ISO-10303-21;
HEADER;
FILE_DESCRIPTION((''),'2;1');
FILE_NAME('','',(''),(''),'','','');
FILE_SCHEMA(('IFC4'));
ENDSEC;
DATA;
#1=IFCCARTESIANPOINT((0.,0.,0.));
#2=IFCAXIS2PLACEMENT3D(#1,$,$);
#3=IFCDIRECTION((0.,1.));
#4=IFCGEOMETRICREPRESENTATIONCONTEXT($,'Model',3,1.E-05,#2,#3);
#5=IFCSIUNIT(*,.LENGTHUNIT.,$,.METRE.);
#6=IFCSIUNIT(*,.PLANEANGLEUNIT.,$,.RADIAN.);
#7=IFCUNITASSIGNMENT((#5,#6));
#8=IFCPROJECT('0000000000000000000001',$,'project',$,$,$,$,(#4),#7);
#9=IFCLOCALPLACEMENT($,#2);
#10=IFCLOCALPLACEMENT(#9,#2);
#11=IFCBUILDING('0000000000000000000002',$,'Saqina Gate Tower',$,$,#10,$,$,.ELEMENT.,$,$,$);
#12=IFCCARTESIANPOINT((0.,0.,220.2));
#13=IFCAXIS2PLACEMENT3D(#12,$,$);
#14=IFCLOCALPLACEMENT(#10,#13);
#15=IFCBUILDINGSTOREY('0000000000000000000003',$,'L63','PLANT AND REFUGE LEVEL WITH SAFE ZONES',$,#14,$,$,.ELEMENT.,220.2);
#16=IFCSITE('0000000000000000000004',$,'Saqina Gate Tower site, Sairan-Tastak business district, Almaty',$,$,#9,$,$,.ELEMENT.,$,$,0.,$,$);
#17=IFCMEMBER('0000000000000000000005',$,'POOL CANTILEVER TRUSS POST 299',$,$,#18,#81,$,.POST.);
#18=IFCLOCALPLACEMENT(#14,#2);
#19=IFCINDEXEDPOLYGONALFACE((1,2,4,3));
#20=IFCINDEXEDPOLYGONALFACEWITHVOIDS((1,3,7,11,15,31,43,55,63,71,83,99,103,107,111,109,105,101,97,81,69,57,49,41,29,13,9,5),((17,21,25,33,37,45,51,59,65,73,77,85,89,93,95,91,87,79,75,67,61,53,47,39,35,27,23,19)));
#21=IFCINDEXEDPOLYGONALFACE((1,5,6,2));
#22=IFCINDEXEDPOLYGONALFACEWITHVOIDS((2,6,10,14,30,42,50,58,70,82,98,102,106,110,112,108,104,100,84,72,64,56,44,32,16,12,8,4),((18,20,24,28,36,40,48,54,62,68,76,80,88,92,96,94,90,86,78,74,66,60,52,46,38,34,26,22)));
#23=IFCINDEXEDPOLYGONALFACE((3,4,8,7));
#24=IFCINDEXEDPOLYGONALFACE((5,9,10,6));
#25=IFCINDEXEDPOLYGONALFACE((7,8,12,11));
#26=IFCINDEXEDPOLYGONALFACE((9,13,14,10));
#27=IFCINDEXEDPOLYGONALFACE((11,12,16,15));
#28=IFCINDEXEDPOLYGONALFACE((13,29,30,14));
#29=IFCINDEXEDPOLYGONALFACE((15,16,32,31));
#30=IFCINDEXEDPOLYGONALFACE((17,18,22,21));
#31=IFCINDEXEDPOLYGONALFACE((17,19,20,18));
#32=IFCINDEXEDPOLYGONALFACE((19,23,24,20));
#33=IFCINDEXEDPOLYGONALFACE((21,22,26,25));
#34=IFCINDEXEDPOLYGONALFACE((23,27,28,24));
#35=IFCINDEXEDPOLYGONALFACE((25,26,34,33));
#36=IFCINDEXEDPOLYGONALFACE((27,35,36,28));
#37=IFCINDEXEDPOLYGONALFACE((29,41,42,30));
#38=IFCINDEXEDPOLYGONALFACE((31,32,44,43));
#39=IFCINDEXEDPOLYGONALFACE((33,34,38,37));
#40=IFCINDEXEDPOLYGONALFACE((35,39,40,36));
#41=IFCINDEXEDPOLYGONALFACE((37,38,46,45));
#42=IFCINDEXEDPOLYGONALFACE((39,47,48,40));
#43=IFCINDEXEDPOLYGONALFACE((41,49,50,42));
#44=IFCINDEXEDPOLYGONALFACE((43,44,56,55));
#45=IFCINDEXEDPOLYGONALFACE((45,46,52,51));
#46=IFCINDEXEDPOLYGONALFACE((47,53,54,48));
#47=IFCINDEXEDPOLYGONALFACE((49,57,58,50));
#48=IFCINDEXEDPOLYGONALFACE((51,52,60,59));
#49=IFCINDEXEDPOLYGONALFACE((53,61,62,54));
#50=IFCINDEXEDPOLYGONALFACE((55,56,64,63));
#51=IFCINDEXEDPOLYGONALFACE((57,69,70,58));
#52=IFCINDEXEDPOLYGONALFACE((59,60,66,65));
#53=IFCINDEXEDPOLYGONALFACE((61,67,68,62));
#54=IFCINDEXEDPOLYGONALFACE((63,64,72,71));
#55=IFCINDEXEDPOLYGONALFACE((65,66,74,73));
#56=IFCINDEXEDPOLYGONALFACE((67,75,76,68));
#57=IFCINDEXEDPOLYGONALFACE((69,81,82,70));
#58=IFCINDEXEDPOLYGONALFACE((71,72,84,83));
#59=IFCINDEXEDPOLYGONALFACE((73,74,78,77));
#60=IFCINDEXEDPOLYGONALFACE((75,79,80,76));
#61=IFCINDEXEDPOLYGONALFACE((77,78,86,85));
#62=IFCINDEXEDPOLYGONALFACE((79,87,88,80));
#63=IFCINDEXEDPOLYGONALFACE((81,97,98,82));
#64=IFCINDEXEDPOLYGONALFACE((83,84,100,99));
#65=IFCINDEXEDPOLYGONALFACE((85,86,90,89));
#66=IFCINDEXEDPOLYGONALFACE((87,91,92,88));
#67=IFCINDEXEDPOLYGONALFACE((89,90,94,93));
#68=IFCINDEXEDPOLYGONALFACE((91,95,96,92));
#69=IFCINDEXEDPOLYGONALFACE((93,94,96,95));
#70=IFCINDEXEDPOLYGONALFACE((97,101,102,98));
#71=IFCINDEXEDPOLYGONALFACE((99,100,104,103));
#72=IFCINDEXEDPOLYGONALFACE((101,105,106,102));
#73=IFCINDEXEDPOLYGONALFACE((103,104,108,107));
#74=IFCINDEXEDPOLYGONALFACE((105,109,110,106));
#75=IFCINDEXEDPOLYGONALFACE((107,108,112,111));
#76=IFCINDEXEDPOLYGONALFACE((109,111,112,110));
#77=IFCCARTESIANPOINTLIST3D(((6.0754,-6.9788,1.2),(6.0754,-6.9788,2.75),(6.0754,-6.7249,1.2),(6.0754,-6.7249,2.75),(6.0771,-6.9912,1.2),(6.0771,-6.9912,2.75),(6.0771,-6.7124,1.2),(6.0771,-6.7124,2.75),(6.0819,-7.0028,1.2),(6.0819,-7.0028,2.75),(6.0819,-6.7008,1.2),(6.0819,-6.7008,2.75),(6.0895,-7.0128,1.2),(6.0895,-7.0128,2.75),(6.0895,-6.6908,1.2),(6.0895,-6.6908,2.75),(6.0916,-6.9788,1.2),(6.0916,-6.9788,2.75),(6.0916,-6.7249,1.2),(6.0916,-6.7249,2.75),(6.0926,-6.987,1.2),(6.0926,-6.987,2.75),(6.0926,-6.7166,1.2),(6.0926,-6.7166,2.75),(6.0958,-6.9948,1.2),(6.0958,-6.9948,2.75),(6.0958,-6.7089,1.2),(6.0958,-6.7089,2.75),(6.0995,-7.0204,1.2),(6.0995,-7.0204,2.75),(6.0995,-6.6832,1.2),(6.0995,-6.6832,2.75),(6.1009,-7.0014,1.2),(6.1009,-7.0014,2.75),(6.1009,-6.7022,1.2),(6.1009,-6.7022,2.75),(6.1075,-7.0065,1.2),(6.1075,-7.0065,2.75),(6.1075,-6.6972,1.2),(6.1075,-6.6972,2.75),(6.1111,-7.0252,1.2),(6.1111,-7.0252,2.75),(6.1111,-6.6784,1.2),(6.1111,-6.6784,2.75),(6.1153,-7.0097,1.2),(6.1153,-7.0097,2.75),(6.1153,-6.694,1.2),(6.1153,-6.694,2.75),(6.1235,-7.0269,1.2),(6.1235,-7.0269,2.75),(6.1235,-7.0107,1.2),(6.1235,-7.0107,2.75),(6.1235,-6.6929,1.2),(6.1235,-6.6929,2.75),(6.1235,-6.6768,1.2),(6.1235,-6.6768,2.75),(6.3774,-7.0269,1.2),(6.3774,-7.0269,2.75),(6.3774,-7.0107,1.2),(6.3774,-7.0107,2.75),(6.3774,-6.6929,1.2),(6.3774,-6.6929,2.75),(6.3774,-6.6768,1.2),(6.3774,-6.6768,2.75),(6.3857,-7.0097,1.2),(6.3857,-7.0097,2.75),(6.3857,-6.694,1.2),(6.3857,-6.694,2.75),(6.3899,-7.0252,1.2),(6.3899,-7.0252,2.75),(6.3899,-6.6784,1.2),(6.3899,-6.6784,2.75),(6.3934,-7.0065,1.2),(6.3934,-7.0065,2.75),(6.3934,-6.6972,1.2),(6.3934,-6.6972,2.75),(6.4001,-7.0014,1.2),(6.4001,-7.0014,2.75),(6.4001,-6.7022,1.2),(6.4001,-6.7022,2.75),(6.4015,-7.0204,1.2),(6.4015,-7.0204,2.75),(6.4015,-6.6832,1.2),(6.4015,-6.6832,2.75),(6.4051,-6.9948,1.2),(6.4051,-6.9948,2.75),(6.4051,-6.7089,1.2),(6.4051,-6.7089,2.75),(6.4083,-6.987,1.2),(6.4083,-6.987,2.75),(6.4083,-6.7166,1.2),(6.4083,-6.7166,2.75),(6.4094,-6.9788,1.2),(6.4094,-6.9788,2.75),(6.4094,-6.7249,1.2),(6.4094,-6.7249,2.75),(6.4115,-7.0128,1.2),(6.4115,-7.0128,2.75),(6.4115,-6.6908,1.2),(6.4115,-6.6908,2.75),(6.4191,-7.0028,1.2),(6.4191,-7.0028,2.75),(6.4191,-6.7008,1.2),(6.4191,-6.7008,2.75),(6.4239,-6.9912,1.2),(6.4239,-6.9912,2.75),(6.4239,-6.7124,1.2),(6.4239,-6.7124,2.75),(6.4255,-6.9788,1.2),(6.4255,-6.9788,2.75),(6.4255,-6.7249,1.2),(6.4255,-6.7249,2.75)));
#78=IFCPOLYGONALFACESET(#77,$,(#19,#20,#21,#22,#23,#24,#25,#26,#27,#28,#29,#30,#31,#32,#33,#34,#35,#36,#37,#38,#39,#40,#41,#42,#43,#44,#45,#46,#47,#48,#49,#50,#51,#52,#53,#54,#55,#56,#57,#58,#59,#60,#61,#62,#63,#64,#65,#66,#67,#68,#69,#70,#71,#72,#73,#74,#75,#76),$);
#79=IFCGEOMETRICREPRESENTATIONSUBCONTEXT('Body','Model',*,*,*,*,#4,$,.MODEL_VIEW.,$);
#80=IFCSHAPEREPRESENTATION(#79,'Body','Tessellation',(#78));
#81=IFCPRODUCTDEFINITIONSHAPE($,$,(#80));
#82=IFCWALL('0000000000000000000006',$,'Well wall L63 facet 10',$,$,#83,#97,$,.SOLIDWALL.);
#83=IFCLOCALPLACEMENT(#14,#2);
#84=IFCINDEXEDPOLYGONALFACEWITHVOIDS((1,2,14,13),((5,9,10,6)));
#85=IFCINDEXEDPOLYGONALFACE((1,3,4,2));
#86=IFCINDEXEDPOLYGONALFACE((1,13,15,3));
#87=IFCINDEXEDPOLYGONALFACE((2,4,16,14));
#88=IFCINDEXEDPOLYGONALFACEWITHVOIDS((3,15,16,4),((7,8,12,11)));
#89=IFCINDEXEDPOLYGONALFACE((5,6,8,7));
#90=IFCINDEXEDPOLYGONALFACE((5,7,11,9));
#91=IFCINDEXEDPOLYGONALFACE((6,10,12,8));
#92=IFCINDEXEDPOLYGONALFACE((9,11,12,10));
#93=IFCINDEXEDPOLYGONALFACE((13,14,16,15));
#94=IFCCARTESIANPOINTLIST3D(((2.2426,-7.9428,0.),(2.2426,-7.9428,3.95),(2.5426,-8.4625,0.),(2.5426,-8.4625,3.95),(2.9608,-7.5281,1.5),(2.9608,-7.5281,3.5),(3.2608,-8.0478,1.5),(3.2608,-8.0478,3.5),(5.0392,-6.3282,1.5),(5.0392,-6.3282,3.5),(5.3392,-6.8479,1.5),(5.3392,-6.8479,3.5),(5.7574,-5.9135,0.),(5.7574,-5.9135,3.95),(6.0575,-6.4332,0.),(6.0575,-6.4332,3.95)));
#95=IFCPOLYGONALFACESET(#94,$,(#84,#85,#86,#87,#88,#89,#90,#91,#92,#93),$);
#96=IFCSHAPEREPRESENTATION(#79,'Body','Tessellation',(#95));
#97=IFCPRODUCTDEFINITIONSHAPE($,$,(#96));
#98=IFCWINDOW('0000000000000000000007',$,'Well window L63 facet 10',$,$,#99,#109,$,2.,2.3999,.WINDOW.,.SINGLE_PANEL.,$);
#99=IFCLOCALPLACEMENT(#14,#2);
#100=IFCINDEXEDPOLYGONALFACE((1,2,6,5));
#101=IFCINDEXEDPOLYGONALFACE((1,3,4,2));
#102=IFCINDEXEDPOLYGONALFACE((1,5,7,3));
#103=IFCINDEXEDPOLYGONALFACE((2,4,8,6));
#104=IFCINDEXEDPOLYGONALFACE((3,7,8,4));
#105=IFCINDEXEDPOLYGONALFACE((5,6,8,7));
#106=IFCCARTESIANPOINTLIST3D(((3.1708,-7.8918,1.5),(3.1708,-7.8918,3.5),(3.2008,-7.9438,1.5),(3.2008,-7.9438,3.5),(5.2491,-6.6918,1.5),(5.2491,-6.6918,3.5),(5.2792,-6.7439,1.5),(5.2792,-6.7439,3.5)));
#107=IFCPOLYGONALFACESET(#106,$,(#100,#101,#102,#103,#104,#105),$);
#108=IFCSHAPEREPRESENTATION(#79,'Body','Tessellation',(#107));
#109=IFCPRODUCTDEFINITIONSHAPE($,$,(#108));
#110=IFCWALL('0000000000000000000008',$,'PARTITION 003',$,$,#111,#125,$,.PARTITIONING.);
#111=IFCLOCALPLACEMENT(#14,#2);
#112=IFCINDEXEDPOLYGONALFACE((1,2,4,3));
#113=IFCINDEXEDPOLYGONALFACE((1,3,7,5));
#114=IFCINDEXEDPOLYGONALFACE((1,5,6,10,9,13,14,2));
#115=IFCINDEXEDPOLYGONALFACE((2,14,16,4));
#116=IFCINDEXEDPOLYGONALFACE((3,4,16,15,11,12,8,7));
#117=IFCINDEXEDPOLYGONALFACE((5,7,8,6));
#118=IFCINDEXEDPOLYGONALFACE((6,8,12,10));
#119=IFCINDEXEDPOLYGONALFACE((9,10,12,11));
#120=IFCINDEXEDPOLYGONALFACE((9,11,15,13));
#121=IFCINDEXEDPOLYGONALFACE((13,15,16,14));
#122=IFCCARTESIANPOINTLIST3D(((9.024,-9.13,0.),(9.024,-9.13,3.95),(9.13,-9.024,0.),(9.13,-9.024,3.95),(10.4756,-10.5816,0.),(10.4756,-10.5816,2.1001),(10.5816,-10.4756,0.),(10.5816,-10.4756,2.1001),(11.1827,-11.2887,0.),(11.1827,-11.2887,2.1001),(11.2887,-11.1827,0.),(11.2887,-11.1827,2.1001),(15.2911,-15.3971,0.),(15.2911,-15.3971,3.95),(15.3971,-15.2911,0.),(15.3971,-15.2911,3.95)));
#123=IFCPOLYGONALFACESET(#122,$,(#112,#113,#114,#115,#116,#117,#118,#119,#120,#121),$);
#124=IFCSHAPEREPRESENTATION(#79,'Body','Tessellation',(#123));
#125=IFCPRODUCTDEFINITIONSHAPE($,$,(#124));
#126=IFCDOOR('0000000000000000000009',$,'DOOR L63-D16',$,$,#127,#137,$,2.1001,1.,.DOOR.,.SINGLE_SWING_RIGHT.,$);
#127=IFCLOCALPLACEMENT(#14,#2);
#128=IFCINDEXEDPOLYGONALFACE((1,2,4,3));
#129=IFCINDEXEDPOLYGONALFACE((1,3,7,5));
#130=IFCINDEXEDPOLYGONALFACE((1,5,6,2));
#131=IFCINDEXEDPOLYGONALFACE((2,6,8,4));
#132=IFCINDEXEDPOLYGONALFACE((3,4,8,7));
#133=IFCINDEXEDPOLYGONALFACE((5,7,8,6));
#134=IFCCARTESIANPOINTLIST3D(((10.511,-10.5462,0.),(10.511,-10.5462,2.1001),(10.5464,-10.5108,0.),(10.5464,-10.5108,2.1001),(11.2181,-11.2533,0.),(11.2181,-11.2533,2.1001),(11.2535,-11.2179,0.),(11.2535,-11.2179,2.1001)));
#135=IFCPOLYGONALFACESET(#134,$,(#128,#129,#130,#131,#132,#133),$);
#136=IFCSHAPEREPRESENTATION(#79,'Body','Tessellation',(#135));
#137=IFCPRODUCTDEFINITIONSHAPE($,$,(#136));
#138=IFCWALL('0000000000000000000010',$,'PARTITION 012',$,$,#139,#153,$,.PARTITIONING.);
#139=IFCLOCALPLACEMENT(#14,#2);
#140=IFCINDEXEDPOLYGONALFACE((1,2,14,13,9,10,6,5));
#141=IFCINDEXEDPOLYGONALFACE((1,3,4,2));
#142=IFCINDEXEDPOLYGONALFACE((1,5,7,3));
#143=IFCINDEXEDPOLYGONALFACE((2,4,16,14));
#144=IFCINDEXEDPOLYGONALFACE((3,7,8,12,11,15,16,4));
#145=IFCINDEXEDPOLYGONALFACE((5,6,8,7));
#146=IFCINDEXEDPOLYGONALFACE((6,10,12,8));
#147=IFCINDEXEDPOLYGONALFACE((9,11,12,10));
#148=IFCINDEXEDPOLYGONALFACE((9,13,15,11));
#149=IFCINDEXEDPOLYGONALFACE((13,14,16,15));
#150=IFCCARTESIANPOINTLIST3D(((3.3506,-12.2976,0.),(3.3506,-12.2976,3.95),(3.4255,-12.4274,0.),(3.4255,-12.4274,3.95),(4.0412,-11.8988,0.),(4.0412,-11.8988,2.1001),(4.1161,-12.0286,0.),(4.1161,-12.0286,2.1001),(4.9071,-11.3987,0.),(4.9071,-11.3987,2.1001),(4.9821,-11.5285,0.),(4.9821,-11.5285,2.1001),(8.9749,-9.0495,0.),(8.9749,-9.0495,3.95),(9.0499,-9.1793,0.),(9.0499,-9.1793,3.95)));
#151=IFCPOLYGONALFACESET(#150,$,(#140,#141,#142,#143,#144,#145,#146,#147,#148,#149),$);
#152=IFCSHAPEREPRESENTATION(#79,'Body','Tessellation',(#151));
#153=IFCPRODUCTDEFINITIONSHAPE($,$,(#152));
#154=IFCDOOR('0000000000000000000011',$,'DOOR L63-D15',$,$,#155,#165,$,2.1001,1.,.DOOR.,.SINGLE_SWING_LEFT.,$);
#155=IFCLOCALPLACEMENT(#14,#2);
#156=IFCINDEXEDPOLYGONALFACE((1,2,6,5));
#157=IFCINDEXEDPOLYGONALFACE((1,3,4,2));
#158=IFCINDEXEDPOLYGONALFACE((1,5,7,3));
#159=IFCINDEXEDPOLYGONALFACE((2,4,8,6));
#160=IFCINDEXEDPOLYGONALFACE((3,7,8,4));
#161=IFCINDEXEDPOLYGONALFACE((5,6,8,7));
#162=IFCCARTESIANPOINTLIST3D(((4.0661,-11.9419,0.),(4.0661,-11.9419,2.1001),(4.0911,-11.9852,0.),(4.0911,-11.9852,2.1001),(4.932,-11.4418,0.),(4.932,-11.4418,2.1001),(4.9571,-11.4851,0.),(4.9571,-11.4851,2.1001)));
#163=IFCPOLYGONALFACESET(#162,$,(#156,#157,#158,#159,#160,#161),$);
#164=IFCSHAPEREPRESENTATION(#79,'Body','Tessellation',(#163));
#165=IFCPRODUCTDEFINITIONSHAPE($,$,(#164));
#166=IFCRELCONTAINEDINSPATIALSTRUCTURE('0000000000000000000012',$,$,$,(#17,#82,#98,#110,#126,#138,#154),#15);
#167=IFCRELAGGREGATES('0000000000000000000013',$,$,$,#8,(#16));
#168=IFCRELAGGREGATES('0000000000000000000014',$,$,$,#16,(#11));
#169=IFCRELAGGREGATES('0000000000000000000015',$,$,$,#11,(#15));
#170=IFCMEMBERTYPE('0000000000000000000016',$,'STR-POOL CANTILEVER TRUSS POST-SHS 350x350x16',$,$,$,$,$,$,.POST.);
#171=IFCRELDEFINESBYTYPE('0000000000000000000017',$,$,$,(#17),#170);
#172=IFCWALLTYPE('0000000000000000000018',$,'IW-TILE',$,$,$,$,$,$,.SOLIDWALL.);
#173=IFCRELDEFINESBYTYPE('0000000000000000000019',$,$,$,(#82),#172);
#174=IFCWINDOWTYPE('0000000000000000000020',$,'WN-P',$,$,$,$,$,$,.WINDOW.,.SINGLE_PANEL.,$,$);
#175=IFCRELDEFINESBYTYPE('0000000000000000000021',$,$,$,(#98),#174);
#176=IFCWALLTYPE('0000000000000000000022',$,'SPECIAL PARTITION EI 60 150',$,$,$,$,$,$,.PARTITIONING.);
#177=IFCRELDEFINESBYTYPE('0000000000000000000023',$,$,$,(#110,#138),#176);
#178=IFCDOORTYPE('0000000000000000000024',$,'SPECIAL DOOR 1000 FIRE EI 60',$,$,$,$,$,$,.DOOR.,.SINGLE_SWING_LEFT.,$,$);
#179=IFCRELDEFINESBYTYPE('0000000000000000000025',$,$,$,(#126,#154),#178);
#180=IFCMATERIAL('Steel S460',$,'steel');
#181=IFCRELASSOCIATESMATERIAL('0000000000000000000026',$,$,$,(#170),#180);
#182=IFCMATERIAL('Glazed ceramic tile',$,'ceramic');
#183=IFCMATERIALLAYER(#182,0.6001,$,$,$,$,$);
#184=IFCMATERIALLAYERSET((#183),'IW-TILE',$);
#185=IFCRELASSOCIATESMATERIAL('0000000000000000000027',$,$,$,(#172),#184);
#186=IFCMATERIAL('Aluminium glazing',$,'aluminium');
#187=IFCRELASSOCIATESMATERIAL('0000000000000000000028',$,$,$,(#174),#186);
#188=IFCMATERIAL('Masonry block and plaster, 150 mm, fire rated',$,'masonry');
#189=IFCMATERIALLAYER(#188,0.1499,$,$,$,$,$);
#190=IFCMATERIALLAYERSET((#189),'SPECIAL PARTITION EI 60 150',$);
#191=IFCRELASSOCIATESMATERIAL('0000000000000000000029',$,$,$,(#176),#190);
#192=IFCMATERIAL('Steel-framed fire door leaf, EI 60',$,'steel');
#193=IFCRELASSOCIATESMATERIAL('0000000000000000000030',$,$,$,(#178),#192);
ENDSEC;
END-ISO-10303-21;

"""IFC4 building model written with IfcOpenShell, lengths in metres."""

from ifc_helpers import new_model, si_unit, direction, frame, frame_2d, origin, origin_2d, place, context, subcontext, project, spatial, rectangle, hollow_rectangle, extrude, material, layer, layer_set, material_profile, profile_set, type_object, element, fill, save


model = new_model("IFC4")

# Units and contexts
model_context = context("Model", 3, precision=1e-05, world=origin(), true_north=direction((0.0, 1.0)))
body_context = subcontext(model_context, "Body", "Model", "MODEL_VIEW")
ifc_project = project(units=[si_unit("LENGTHUNIT", "METRE"), si_unit("PLANEANGLEUNIT", "RADIAN")], contexts=[model_context])

# Site, building, storey
site_placement = place(None, origin())
site = spatial("IfcSite", under=ifc_project, at=site_placement, Name="Saqina Gate Tower site, Sairan-Tastak business district, Almaty", CompositionType="ELEMENT", RefElevation=0.0)
building_placement = place(site_placement, origin())
building = spatial("IfcBuilding", under=site, at=building_placement, Name="Saqina Gate Tower", CompositionType="ELEMENT")
storey_placement = place(building_placement, frame((0.0, 0.0, 220.2)))
storey = spatial("IfcBuildingStorey", under=building, at=storey_placement, Name="L63", Description="PLANT AND REFUGE LEVEL WITH SAFE ZONES", CompositionType="ELEMENT", Elevation=220.2)

# Member
ifc_material_1 = material(Name="Steel S460", Category="steel")
ifc_material_profile_1 = material_profile(ifc_material_1, hollow_rectangle(XDim=0.3501, YDim=0.3501, WallThickness=0.0161, InnerFilletRadius=0.032, OuterFilletRadius=0.0481, at=origin_2d()), Name="SHS 350x350x16")
ifc_profile_set_1 = profile_set([ifc_material_profile_1], Name="Steel S460")
member_type_1 = type_object("IfcMemberType", Name="STR-POOL CANTILEVER TRUSS POST-SHS 350x350x16", PredefinedType="POST", material=ifc_profile_set_1)
member_1_placement = place(storey_placement, frame((6.2505, -6.8518, 1.2), z_axis=(0.0, 0.0, 1.0), x_axis=(1.0, 0.0, 0.0)))
element("IfcMember", 1, at=member_1_placement, inside=storey, type_object=member_type_1, Name="POOL CANTILEVER TRUSS POST 299", PredefinedType="POST", context=body_context, shape_type="SweptSolid", body=[
    extrude(hollow_rectangle(XDim=0.3501, YDim=0.3501, WallThickness=0.0161, InnerFilletRadius=0.032, OuterFilletRadius=0.0481, at=origin_2d()), origin(), (0.0, 0.0, 1.0), 1.55),
])

# Wall, opening, window
ifc_material_2 = material(Name="Glazed ceramic tile", Category="ceramic")
ifc_layer_1 = layer(ifc_material_2, 0.6001)
ifc_layer_set_1 = layer_set([ifc_layer_1], Name="IW-TILE")
wall_type_1 = type_object("IfcWallType", Name="IW-TILE", PredefinedType="SOLIDWALL", material=ifc_layer_set_1)
wall_1_placement = place(storey_placement, frame((2.3926, -8.2026, 0.0), z_axis=(0.0, 0.0, 1.0), x_axis=(0.866028, 0.499995, 0.0)))
wall_1 = element("IfcWall", 2, at=wall_1_placement, inside=storey, type_object=wall_type_1, Name="Well wall L63 facet 10", PredefinedType="SOLIDWALL", context=body_context, shape_type="SweptSolid", body=[
    extrude(rectangle(XDim=4.0586, YDim=0.6001, at=frame_2d((2.0293, 0.0))), origin(), (0.0, 0.0, 1.0), 3.95),
])
opening_1_placement = place(wall_1_placement, frame((0.8293, 0.0, 1.5)))
opening_1 = element("IfcOpeningElement", 3, at=opening_1_placement, cuts=wall_1, PredefinedType="OPENING", context=body_context, shape_type="SweptSolid", body=[
    extrude(rectangle(XDim=2.3999, YDim=2.0, at=frame_2d((1.2, 1.0))), frame((0.0, 0.312, 0.0), z_axis=(0.0, -1.0, 0.0), x_axis=(1.0, 0.0, 0.0)), (0.0, 0.0, 1.0), 0.624),
])
ifc_material_3 = material(Name="Aluminium glazing", Category="aluminium")
window_type = type_object("IfcWindowType", Name="WN-P", PartitioningType="SINGLE_PANEL", PredefinedType="WINDOW", material=ifc_material_3)
window_placement = place(opening_1_placement, origin())
window = element("IfcWindow", 4, at=window_placement, inside=storey, type_object=window_type, Name="Well window L63 facet 10", OverallHeight=2.0, OverallWidth=2.3999, PartitioningType="SINGLE_PANEL", PredefinedType="WINDOW", context=body_context, shape_type="SweptSolid", body=[
    extrude(rectangle(XDim=2.3999, YDim=2.0, at=frame_2d((1.2, 1.0))), frame((0.0, -0.1199, 0.0), z_axis=(0.0, -1.0, 0.0), x_axis=(1.0, 0.0, 0.0)), (0.0, 0.0, 1.0), 0.0601),
])
fill(opening_1, window)

# Walls, openings, doors
ifc_material_4 = material(Name="Masonry block and plaster, 150 mm, fire rated", Category="masonry")
ifc_layer_2 = layer(ifc_material_4, 0.1499)
ifc_layer_set_2 = layer_set([ifc_layer_2], Name="SPECIAL PARTITION EI 60 150")
wall_type_2 = type_object("IfcWallType", Name="SPECIAL PARTITION EI 60 150", PredefinedType="PARTITIONING", material=ifc_layer_set_2)
wall_2_placement = place(storey_placement, frame((9.0769, -9.0769, 0.0), z_axis=(0.0, 0.0, 1.0), x_axis=(0.707107, -0.707107, 0.0)))
wall_2 = element("IfcWall", 5, at=wall_2_placement, inside=storey, type_object=wall_type_2, Name="PARTITION 003", PredefinedType="PARTITIONING", context=body_context, shape_type="SweptSolid", body=[
    extrude(rectangle(XDim=8.863, YDim=0.1499, at=frame_2d((4.4316, 0.0))), origin(), (0.0, 0.0, 1.0), 3.95),
])
opening_2_placement = place(wall_2_placement, frame((2.053, 0.0, 0.0)))
opening_2 = element("IfcOpeningElement", 6, at=opening_2_placement, cuts=wall_2, PredefinedType="OPENING", context=body_context, shape_type="SweptSolid", body=[
    extrude(rectangle(XDim=1.0, YDim=2.1001, at=frame_2d((0.5, 1.05))), frame((0.0, 0.0869, 0.0), z_axis=(0.0, -1.0, 0.0), x_axis=(1.0, 0.0, 0.0)), (0.0, 0.0, 1.0), 0.1738),
])
ifc_material_5 = material(Name="Steel-framed fire door leaf, EI 60", Category="steel")
door_type = type_object("IfcDoorType", Name="SPECIAL DOOR 1000 FIRE EI 60", OperationType="SINGLE_SWING_LEFT", PredefinedType="DOOR", material=ifc_material_5)
door_1_placement = place(opening_2_placement, frame((1.0, 0.0, 0.0), z_axis=(0.0, 0.0, 1.0), x_axis=(-1.0, 0.0, 0.0)))
door_1 = element("IfcDoor", 7, at=door_1_placement, inside=storey, type_object=door_type, Name="DOOR L63-D16", OperationType="SINGLE_SWING_RIGHT", OverallHeight=2.1001, OverallWidth=1.0, PredefinedType="DOOR", context=body_context, shape_type="SweptSolid", body=[
    extrude(rectangle(XDim=1.0, YDim=2.1001, at=frame_2d((0.5, 1.05))), frame((0.0, 0.0249, 0.0), z_axis=(0.0, -1.0, 0.0), x_axis=(1.0, 0.0, 0.0)), (0.0, 0.0, 1.0), 0.05),
])
fill(opening_2, door_1)
wall_3_placement = place(storey_placement, frame((3.3879, -12.3625, 0.0), z_axis=(0.0, 0.0, 1.0), x_axis=(0.865967, 0.500101, 0.0)))
wall_3 = element("IfcWall", 8, at=wall_3_placement, inside=storey, type_object=wall_type_2, Name="PARTITION 012", PredefinedType="PARTITIONING", context=body_context, shape_type="SweptSolid", body=[
    extrude(rectangle(XDim=6.4949, YDim=0.1499, at=frame_2d((3.2476, 0.0))), origin(), (0.0, 0.0, 1.0), 3.95),
])
opening_3_placement = place(wall_3_placement, frame((0.7976, 0.0, 0.0)))
opening_3 = element("IfcOpeningElement", 9, at=opening_3_placement, cuts=wall_3, PredefinedType="OPENING", context=body_context, shape_type="SweptSolid", body=[
    extrude(rectangle(XDim=1.0, YDim=2.1001, at=frame_2d((0.5, 1.05))), frame((0.0, 0.0869, 0.0), z_axis=(0.0, -1.0, 0.0), x_axis=(1.0, 0.0, 0.0)), (0.0, 0.0, 1.0), 0.1738),
])
door_2_placement = place(opening_3_placement, frame((1.0, 0.0, 0.0), z_axis=(0.0, 0.0, 1.0), x_axis=(-1.0, 0.0, 0.0)))
door_2 = element("IfcDoor", 10, at=door_2_placement, inside=storey, type_object=door_type, Name="DOOR L63-D15", OperationType="SINGLE_SWING_LEFT", OverallHeight=2.1001, OverallWidth=1.0, PredefinedType="DOOR", context=body_context, shape_type="SweptSolid", body=[
    extrude(rectangle(XDim=1.0, YDim=2.1001, at=frame_2d((0.5, 1.05))), frame((0.0, 0.0249, 0.0), z_axis=(0.0, -1.0, 0.0), x_axis=(1.0, 0.0, 0.0)), (0.0, 0.0, 1.0), 0.05),
])
fill(opening_3, door_2)

save(model, "model.ifc")
